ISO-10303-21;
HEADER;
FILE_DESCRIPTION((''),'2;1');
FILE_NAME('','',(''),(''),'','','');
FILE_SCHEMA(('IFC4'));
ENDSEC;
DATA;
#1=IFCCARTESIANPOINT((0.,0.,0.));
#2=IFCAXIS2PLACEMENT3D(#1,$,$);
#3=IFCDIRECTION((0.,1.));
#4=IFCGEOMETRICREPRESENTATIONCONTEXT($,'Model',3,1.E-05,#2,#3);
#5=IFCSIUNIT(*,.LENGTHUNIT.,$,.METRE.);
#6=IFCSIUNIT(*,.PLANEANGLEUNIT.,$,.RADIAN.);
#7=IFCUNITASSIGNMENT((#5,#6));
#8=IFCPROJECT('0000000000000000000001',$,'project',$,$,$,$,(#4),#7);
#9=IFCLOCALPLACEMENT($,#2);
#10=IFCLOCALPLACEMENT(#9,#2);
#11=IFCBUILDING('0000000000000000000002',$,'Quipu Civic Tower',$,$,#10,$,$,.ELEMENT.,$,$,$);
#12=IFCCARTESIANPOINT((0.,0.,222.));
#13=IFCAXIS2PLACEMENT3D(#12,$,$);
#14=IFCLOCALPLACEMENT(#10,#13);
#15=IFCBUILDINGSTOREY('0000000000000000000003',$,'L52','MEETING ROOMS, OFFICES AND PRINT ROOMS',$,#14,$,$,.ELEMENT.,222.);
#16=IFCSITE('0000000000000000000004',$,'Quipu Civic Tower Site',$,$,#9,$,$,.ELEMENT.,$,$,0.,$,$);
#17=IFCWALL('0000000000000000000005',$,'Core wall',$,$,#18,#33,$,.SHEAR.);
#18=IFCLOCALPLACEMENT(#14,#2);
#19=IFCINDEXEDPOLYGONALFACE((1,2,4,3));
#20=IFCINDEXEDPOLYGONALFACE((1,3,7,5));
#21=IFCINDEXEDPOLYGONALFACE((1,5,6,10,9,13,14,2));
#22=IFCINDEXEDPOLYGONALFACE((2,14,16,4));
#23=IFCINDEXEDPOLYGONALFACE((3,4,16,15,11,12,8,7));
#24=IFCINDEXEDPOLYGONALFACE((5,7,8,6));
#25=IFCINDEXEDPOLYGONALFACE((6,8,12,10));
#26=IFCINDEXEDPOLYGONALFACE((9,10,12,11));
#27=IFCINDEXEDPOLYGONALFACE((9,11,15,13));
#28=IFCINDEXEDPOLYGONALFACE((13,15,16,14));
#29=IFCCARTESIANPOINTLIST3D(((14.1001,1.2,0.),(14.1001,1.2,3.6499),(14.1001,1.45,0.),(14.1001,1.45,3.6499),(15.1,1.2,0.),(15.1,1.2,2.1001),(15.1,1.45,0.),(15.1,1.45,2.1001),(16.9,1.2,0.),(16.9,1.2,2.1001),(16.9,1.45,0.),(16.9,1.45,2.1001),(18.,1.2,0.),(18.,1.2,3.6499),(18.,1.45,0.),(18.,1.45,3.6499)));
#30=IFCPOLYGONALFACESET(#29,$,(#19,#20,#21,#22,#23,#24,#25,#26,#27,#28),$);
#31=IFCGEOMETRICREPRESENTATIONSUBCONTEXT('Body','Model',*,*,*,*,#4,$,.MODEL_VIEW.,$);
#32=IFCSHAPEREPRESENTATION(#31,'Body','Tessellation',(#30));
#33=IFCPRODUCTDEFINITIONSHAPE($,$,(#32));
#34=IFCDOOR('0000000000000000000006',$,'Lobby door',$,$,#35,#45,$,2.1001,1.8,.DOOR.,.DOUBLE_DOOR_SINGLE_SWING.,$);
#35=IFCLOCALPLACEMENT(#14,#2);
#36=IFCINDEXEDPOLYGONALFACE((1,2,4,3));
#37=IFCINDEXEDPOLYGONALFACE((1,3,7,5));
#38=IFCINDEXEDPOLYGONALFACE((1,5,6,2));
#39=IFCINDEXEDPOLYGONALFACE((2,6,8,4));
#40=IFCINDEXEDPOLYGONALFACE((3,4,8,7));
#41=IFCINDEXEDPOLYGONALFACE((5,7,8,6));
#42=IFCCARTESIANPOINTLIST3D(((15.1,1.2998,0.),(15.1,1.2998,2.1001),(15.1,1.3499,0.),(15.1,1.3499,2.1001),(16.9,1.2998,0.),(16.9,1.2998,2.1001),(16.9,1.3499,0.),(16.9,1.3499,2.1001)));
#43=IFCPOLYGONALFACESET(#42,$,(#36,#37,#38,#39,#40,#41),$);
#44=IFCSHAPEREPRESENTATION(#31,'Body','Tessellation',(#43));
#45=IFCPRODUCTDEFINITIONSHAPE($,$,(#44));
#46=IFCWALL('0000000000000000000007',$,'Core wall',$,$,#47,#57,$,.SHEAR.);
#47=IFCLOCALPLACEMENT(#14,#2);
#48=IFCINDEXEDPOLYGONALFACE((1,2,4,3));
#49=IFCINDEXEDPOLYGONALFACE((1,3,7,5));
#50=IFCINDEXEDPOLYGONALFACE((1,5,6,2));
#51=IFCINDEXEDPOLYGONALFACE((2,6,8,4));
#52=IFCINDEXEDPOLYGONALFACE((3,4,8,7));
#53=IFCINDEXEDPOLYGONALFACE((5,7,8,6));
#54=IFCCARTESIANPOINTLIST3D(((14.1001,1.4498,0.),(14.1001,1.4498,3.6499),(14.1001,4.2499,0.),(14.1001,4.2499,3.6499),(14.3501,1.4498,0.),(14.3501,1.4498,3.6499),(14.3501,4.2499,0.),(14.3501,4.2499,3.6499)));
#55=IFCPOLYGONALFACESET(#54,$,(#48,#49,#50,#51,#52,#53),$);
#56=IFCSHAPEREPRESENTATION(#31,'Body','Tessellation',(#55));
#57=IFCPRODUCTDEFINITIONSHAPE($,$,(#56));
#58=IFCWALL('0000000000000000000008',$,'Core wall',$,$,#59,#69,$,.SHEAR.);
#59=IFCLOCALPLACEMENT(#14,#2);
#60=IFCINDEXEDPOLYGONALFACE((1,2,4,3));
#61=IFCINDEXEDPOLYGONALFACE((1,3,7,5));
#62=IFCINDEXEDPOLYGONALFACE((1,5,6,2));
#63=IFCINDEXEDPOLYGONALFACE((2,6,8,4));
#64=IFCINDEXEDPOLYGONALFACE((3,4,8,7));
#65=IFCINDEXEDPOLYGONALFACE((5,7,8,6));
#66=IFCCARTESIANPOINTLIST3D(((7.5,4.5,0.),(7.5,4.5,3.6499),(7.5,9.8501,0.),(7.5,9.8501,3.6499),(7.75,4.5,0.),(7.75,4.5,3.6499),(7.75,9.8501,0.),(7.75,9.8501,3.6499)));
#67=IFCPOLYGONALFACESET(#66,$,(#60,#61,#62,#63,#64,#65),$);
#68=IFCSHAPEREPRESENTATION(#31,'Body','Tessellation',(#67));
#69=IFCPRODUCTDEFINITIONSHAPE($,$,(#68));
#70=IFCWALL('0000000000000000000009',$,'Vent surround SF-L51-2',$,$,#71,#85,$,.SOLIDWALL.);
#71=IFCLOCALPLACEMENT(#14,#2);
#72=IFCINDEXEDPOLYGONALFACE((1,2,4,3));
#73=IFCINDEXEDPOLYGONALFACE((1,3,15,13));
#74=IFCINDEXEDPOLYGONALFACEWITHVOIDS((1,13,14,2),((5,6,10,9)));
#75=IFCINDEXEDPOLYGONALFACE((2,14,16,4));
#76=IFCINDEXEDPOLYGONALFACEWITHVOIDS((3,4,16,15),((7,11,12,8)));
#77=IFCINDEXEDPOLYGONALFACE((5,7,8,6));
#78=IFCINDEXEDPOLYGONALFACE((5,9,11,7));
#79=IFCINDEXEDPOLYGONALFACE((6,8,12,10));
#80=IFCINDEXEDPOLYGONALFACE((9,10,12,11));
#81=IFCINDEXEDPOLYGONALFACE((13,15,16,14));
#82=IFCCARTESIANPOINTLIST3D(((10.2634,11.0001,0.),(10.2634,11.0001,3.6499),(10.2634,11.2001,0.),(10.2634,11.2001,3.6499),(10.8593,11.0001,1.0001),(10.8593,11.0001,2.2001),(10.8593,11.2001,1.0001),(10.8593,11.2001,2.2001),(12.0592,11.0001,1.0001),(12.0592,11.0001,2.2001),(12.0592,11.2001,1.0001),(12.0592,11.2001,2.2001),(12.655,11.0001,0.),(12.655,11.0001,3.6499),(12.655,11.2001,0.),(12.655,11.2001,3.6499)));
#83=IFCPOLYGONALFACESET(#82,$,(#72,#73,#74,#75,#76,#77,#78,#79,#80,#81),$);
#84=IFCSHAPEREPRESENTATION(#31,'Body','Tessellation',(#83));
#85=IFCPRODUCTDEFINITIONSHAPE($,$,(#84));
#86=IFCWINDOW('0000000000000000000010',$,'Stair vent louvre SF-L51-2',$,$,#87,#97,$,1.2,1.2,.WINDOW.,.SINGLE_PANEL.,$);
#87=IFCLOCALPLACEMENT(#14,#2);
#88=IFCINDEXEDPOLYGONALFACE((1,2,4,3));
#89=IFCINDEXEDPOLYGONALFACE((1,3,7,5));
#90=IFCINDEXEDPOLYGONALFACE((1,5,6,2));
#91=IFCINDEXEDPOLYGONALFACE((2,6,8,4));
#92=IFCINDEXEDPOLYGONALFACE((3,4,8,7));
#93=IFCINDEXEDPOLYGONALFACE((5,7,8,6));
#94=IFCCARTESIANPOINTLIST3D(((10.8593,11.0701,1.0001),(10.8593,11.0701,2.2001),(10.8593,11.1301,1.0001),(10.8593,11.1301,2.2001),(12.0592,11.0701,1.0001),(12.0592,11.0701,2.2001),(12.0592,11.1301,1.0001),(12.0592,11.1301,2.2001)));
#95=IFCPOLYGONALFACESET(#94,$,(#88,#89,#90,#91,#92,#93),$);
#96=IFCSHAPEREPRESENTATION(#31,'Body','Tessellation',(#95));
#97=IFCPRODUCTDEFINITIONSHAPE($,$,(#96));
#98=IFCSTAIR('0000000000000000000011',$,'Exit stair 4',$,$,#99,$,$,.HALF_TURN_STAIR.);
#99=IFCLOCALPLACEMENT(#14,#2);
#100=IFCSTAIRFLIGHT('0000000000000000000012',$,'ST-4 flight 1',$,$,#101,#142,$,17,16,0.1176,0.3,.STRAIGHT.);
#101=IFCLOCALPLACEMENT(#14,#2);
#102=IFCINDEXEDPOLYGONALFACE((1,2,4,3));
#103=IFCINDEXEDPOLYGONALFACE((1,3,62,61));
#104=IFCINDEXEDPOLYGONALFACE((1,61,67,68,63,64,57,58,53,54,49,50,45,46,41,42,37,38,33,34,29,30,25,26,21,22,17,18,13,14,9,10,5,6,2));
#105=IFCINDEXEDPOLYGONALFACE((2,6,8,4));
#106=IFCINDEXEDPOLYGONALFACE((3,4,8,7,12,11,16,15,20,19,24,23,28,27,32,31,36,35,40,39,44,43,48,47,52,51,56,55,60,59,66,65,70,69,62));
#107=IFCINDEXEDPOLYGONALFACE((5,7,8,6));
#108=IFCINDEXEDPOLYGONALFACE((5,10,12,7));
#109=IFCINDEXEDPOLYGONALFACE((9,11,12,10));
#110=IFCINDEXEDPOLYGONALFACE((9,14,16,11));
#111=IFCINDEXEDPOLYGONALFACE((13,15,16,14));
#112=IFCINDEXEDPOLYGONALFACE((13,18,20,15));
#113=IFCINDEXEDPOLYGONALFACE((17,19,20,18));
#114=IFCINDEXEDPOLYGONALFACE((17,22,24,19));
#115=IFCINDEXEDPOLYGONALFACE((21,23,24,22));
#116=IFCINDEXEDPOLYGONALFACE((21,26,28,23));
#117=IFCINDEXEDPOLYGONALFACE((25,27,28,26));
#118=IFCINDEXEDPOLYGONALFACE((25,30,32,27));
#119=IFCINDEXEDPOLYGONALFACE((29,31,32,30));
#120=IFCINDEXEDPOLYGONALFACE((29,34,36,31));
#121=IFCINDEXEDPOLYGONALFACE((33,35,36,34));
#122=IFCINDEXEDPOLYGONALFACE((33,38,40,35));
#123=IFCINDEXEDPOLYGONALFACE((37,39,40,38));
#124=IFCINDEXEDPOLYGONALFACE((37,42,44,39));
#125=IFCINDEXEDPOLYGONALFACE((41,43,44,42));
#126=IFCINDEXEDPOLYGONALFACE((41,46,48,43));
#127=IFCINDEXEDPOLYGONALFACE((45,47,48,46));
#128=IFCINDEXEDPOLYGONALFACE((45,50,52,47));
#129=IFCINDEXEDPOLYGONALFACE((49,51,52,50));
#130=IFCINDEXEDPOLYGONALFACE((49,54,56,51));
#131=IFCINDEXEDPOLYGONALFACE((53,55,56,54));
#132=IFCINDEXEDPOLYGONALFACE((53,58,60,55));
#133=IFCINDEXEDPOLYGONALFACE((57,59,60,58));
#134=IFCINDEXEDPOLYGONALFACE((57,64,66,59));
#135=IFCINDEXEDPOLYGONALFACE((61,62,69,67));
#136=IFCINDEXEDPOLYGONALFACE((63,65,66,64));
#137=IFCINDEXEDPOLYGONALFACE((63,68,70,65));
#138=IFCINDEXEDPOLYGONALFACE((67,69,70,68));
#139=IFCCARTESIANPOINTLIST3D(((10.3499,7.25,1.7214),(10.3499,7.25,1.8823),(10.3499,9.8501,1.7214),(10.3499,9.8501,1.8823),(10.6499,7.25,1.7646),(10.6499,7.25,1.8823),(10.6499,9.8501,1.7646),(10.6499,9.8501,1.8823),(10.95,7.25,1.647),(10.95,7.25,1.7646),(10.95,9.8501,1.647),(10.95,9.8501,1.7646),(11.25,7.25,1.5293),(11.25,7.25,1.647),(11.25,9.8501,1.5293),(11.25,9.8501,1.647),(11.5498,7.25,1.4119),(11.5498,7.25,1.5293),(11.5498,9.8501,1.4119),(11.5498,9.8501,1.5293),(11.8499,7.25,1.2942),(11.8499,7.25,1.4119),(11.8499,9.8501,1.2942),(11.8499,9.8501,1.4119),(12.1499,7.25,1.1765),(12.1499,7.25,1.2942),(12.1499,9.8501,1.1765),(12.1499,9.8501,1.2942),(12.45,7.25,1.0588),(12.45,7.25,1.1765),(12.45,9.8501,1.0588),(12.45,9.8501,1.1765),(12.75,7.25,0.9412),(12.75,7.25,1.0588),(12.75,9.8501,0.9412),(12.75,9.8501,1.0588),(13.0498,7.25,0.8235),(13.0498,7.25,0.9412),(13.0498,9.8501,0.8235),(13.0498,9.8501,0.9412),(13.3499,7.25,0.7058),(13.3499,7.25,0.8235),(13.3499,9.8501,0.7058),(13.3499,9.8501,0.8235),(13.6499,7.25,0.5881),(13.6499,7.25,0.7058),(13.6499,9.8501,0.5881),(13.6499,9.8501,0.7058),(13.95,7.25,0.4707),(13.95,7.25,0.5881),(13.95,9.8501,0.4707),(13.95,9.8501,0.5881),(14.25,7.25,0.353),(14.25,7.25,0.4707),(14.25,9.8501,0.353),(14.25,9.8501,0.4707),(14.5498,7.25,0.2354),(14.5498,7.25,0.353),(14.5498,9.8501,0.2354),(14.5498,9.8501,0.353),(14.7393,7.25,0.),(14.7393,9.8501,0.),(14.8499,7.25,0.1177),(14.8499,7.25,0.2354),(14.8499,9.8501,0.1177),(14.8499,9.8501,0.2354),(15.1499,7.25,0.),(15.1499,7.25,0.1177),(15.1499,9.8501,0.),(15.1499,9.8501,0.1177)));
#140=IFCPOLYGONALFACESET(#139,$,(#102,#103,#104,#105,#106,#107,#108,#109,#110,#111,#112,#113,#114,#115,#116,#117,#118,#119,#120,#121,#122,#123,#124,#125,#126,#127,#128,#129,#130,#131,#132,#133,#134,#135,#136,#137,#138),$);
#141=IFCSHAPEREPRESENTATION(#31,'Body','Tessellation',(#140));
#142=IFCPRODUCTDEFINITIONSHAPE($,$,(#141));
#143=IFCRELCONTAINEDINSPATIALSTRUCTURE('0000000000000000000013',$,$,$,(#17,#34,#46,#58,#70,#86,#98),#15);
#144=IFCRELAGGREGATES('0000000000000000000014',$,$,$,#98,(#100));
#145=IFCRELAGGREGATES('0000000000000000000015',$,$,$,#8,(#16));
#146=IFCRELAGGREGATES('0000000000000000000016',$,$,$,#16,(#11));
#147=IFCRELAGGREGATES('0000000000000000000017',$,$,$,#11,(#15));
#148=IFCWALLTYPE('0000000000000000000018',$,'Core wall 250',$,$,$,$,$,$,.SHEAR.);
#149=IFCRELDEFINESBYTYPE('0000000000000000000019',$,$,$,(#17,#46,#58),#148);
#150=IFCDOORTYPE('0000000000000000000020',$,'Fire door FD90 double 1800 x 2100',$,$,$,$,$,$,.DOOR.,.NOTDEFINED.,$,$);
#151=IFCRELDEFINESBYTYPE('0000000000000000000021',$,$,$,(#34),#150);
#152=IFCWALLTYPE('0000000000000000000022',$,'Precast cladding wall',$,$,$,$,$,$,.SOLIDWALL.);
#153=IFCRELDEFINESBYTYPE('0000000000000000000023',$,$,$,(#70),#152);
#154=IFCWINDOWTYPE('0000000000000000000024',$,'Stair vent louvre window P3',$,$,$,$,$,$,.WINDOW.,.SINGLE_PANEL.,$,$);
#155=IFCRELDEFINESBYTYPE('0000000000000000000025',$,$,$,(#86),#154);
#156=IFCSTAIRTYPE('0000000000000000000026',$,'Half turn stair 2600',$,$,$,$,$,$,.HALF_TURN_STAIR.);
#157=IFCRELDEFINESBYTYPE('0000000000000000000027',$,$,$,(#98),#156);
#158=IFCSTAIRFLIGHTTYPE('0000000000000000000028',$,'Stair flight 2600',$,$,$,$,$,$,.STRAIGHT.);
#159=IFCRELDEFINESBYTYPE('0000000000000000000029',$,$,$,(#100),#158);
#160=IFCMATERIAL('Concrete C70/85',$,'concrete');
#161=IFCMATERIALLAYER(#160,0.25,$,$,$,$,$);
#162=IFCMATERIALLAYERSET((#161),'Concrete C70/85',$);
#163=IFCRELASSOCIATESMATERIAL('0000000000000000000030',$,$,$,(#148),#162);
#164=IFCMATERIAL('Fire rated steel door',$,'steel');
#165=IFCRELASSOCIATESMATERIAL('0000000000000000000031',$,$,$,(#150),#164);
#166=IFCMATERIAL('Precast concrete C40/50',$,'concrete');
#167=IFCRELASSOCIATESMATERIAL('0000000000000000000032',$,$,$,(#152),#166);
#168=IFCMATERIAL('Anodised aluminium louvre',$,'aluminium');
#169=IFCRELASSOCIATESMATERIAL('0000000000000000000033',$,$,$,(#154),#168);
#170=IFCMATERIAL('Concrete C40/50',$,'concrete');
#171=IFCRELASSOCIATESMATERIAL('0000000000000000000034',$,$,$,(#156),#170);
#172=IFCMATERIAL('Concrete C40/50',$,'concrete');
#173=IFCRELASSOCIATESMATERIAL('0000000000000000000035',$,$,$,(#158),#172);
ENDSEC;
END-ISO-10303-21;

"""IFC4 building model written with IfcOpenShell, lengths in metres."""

from ifc_helpers import new_model, si_unit, direction, frame, frame_2d, origin, place, context, subcontext, project, spatial, polyline, rectangle, outline, extrude, material, layer, layer_set, type_object, element, fill, aggregate, save


model = new_model("IFC4")

# Units and contexts
model_context = context("Model", 3, precision=1e-05, world=origin(), true_north=direction((0.0, 1.0)))
body_context = subcontext(model_context, "Body", "Model", "MODEL_VIEW")
ifc_project = project(units=[si_unit("LENGTHUNIT", "METRE"), si_unit("PLANEANGLEUNIT", "RADIAN")], contexts=[model_context])

# Site, building, storey
site_placement = place(None, origin())
site = spatial("IfcSite", under=ifc_project, at=site_placement, Name="Quipu Civic Tower Site", CompositionType="ELEMENT", RefElevation=0.0)
building_placement = place(site_placement, origin())
building = spatial("IfcBuilding", under=site, at=building_placement, Name="Quipu Civic Tower", CompositionType="ELEMENT")
storey_placement = place(building_placement, frame((0.0, 0.0, 222.0)))
storey = spatial("IfcBuildingStorey", under=building, at=storey_placement, Name="L52", Description="MEETING ROOMS, OFFICES AND PRINT ROOMS", CompositionType="ELEMENT", Elevation=222.0)

# Wall, opening, door
ifc_material_1 = material(Name="Concrete C70/85", Category="concrete")
ifc_layer_1 = layer(ifc_material_1, 0.25)
ifc_layer_set_1 = layer_set([ifc_layer_1], Name="Concrete C70/85")
wall_type_1 = type_object("IfcWallType", Name="Core wall 250", PredefinedType="SHEAR", material=ifc_layer_set_1)
wall_1_placement = place(storey_placement, frame((14.1001, 1.325, 0.0), z_axis=(0.0, 0.0, 1.0), x_axis=(1.0, 0.0, 0.0)))
wall_1 = element("IfcWall", 1, at=wall_1_placement, inside=storey, type_object=wall_type_1, Name="Core wall", PredefinedType="SHEAR", context=body_context, shape_type="SweptSolid", body=[
    extrude(rectangle(XDim=3.8999, YDim=0.25, at=frame_2d((1.95, 0.0))), origin(), (0.0, 0.0, 1.0), 3.6499),
])
opening_1_placement = place(wall_1_placement, frame((1.0, 0.0, 0.0)))
opening_1 = element("IfcOpeningElement", 2, at=opening_1_placement, cuts=wall_1, PredefinedType="OPENING", context=body_context, shape_type="SweptSolid", body=[
    extrude(rectangle(XDim=1.8, YDim=2.1001, at=frame_2d((0.8999, 1.05))), frame((0.0, 0.135, 0.0), z_axis=(0.0, -1.0, 0.0), x_axis=(1.0, 0.0, 0.0)), (0.0, 0.0, 1.0), 0.27),
])
ifc_material_2 = material(Name="Fire rated steel door", Category="steel")
door_type = type_object("IfcDoorType", Name="Fire door FD90 double 1800 x 2100", OperationType="NOTDEFINED", PredefinedType="DOOR", material=ifc_material_2)
door_placement = place(opening_1_placement, origin())
door = element("IfcDoor", 3, at=door_placement, inside=storey, type_object=door_type, Name="Lobby door", OperationType="DOUBLE_DOOR_SINGLE_SWING", OverallHeight=2.1001, OverallWidth=1.8, PredefinedType="DOOR", context=body_context, shape_type="SweptSolid", body=[
    extrude(rectangle(XDim=1.8, YDim=2.1001, at=frame_2d((0.8999, 1.05))), frame((0.0, 0.0249, 0.0), z_axis=(0.0, -1.0, 0.0), x_axis=(1.0, 0.0, 0.0)), (0.0, 0.0, 1.0), 0.05),
])
fill(opening_1, door)

# Walls
wall_2_placement = place(storey_placement, frame((14.2251, 1.45, 0.0), z_axis=(0.0, 0.0, 1.0), x_axis=(0.0, 1.0, 0.0)))
element("IfcWall", 4, at=wall_2_placement, inside=storey, type_object=wall_type_1, Name="Core wall", PredefinedType="SHEAR", context=body_context, shape_type="SweptSolid", body=[
    extrude(rectangle(XDim=2.8, YDim=0.25, at=frame_2d((1.3999, 0.0))), origin(), (0.0, 0.0, 1.0), 3.6499),
])
wall_3_placement = place(storey_placement, frame((7.625, 4.5, 0.0), z_axis=(0.0, 0.0, 1.0), x_axis=(0.0, 1.0, 0.0)))
element("IfcWall", 5, at=wall_3_placement, inside=storey, type_object=wall_type_1, Name="Core wall", PredefinedType="SHEAR", context=body_context, shape_type="SweptSolid", body=[
    extrude(rectangle(XDim=5.3501, YDim=0.25, at=frame_2d((2.675, 0.0))), origin(), (0.0, 0.0, 1.0), 3.6499),
])

# Wall, opening, window
ifc_material_3 = material(Name="Precast concrete C40/50", Category="concrete")
wall_type_2 = type_object("IfcWallType", Name="Precast cladding wall", PredefinedType="SOLIDWALL", material=ifc_material_3)
wall_4_placement = place(storey_placement, frame((12.655, 11.1001, 0.0), z_axis=(0.0, 0.0, 1.0), x_axis=(-1.0, 0.0, 0.0)))
wall_4 = element("IfcWall", 6, at=wall_4_placement, inside=storey, type_object=wall_type_2, Name="Vent surround SF-L51-2", PredefinedType="SOLIDWALL", context=body_context, shape_type="SweptSolid", body=[
    extrude(rectangle(XDim=2.3916, YDim=0.2, at=frame_2d((1.1958, 0.0))), origin(), (0.0, 0.0, 1.0), 3.6499),
])
opening_2_placement = place(wall_4_placement, frame((0.5957, 0.0, 1.0)))
opening_2 = element("IfcOpeningElement", 7, at=opening_2_placement, cuts=wall_4, PredefinedType="OPENING", context=body_context, shape_type="SweptSolid", body=[
    extrude(rectangle(XDim=1.2, YDim=1.2, at=frame_2d((0.6001, 0.6001))), frame((0.0, 0.1099, 0.0), z_axis=(0.0, -1.0, 0.0), x_axis=(1.0, 0.0, 0.0)), (0.0, 0.0, 1.0), 0.22),
])
ifc_material_4 = material(Name="Anodised aluminium louvre", Category="aluminium")
window_type = type_object("IfcWindowType", Name="Stair vent louvre window P3", PartitioningType="SINGLE_PANEL", PredefinedType="WINDOW", material=ifc_material_4)
window_placement = place(opening_2_placement, origin())
window = element("IfcWindow", 8, at=window_placement, inside=storey, type_object=window_type, Name="Stair vent louvre SF-L51-2", OverallHeight=1.2, OverallWidth=1.2, PartitioningType="SINGLE_PANEL", PredefinedType="WINDOW", context=body_context, shape_type="SweptSolid", body=[
    extrude(rectangle(XDim=1.2, YDim=1.2, at=frame_2d((0.6001, 0.6001))), frame((0.0, 0.03, 0.0), z_axis=(0.0, -1.0, 0.0), x_axis=(1.0, 0.0, 0.0)), (0.0, 0.0, 1.0), 0.0601),
])
fill(opening_2, window)

# Stair, stair flight
ifc_material_5 = material(Name="Concrete C40/50", Category="concrete")
stair_type = type_object("IfcStairType", Name="Half turn stair 2600", PredefinedType="HALF_TURN_STAIR", material=ifc_material_5)
stair_placement = place(storey_placement, origin())
stair = element("IfcStair", 9, at=stair_placement, inside=storey, type_object=stair_type, Name="Exit stair 4", PredefinedType="HALF_TURN_STAIR")
ifc_material_6 = material(Name="Concrete C40/50", Category="concrete")
stair_flight_type = type_object("IfcStairFlightType", Name="Stair flight 2600", PredefinedType="STRAIGHT", material=ifc_material_6)
stair_flight_1_placement = place(storey_placement, frame((15.1499, 8.55, 0.0), z_axis=(0.0, 0.0, 1.0), x_axis=(-1.0, 0.0, 0.0)))
stair_flight_1 = element("IfcStairFlight", 10, at=stair_flight_1_placement, type_object=stair_flight_type, Name="ST-4 flight 1", NumberOfRisers=17, NumberOfTreads=16, PredefinedType="STRAIGHT", RiserHeight=0.1176, TreadLength=0.3, context=body_context, shape_type="SweptSolid", body=[
    extrude(outline(polyline([(0.0, 0.0), (0.0, 0.1177), (0.3, 0.1177), (0.3, 0.2354), (0.6001, 0.2354), (0.6001, 0.353), (0.8999, 0.353), (0.8999, 0.4707), (1.2, 0.4707), (1.2, 0.5881), (1.5, 0.5881), (1.5, 0.7058), (1.8, 0.7058), (1.8, 0.8235), (2.1001, 0.8235), (2.1001, 0.9412), (2.3999, 0.9412), (2.3999, 1.0588), (2.7, 1.0588), (2.7, 1.1765), (3.0, 1.1765), (3.0, 1.2942), (3.3, 1.2942), (3.3, 1.4119), (3.6001, 1.4119), (3.6001, 1.5293), (3.8999, 1.5293), (3.8999, 1.647), (4.2, 1.647), (4.2, 1.7646), (4.5, 1.7646), (4.5, 1.8823), (4.8, 1.8823), (4.8, 2.0), (4.8, 1.7214), (0.4106, 0.0), (0.0, 0.0)])), frame((0.0, 1.3, 0.0), z_axis=(0.0, -1.0, 0.0), x_axis=(1.0, 0.0, 0.0)), (0.0, 0.0, 1.0), 2.6001),
])
aggregate(stair, [stair_flight_1])

save(model, "model.ifc")
